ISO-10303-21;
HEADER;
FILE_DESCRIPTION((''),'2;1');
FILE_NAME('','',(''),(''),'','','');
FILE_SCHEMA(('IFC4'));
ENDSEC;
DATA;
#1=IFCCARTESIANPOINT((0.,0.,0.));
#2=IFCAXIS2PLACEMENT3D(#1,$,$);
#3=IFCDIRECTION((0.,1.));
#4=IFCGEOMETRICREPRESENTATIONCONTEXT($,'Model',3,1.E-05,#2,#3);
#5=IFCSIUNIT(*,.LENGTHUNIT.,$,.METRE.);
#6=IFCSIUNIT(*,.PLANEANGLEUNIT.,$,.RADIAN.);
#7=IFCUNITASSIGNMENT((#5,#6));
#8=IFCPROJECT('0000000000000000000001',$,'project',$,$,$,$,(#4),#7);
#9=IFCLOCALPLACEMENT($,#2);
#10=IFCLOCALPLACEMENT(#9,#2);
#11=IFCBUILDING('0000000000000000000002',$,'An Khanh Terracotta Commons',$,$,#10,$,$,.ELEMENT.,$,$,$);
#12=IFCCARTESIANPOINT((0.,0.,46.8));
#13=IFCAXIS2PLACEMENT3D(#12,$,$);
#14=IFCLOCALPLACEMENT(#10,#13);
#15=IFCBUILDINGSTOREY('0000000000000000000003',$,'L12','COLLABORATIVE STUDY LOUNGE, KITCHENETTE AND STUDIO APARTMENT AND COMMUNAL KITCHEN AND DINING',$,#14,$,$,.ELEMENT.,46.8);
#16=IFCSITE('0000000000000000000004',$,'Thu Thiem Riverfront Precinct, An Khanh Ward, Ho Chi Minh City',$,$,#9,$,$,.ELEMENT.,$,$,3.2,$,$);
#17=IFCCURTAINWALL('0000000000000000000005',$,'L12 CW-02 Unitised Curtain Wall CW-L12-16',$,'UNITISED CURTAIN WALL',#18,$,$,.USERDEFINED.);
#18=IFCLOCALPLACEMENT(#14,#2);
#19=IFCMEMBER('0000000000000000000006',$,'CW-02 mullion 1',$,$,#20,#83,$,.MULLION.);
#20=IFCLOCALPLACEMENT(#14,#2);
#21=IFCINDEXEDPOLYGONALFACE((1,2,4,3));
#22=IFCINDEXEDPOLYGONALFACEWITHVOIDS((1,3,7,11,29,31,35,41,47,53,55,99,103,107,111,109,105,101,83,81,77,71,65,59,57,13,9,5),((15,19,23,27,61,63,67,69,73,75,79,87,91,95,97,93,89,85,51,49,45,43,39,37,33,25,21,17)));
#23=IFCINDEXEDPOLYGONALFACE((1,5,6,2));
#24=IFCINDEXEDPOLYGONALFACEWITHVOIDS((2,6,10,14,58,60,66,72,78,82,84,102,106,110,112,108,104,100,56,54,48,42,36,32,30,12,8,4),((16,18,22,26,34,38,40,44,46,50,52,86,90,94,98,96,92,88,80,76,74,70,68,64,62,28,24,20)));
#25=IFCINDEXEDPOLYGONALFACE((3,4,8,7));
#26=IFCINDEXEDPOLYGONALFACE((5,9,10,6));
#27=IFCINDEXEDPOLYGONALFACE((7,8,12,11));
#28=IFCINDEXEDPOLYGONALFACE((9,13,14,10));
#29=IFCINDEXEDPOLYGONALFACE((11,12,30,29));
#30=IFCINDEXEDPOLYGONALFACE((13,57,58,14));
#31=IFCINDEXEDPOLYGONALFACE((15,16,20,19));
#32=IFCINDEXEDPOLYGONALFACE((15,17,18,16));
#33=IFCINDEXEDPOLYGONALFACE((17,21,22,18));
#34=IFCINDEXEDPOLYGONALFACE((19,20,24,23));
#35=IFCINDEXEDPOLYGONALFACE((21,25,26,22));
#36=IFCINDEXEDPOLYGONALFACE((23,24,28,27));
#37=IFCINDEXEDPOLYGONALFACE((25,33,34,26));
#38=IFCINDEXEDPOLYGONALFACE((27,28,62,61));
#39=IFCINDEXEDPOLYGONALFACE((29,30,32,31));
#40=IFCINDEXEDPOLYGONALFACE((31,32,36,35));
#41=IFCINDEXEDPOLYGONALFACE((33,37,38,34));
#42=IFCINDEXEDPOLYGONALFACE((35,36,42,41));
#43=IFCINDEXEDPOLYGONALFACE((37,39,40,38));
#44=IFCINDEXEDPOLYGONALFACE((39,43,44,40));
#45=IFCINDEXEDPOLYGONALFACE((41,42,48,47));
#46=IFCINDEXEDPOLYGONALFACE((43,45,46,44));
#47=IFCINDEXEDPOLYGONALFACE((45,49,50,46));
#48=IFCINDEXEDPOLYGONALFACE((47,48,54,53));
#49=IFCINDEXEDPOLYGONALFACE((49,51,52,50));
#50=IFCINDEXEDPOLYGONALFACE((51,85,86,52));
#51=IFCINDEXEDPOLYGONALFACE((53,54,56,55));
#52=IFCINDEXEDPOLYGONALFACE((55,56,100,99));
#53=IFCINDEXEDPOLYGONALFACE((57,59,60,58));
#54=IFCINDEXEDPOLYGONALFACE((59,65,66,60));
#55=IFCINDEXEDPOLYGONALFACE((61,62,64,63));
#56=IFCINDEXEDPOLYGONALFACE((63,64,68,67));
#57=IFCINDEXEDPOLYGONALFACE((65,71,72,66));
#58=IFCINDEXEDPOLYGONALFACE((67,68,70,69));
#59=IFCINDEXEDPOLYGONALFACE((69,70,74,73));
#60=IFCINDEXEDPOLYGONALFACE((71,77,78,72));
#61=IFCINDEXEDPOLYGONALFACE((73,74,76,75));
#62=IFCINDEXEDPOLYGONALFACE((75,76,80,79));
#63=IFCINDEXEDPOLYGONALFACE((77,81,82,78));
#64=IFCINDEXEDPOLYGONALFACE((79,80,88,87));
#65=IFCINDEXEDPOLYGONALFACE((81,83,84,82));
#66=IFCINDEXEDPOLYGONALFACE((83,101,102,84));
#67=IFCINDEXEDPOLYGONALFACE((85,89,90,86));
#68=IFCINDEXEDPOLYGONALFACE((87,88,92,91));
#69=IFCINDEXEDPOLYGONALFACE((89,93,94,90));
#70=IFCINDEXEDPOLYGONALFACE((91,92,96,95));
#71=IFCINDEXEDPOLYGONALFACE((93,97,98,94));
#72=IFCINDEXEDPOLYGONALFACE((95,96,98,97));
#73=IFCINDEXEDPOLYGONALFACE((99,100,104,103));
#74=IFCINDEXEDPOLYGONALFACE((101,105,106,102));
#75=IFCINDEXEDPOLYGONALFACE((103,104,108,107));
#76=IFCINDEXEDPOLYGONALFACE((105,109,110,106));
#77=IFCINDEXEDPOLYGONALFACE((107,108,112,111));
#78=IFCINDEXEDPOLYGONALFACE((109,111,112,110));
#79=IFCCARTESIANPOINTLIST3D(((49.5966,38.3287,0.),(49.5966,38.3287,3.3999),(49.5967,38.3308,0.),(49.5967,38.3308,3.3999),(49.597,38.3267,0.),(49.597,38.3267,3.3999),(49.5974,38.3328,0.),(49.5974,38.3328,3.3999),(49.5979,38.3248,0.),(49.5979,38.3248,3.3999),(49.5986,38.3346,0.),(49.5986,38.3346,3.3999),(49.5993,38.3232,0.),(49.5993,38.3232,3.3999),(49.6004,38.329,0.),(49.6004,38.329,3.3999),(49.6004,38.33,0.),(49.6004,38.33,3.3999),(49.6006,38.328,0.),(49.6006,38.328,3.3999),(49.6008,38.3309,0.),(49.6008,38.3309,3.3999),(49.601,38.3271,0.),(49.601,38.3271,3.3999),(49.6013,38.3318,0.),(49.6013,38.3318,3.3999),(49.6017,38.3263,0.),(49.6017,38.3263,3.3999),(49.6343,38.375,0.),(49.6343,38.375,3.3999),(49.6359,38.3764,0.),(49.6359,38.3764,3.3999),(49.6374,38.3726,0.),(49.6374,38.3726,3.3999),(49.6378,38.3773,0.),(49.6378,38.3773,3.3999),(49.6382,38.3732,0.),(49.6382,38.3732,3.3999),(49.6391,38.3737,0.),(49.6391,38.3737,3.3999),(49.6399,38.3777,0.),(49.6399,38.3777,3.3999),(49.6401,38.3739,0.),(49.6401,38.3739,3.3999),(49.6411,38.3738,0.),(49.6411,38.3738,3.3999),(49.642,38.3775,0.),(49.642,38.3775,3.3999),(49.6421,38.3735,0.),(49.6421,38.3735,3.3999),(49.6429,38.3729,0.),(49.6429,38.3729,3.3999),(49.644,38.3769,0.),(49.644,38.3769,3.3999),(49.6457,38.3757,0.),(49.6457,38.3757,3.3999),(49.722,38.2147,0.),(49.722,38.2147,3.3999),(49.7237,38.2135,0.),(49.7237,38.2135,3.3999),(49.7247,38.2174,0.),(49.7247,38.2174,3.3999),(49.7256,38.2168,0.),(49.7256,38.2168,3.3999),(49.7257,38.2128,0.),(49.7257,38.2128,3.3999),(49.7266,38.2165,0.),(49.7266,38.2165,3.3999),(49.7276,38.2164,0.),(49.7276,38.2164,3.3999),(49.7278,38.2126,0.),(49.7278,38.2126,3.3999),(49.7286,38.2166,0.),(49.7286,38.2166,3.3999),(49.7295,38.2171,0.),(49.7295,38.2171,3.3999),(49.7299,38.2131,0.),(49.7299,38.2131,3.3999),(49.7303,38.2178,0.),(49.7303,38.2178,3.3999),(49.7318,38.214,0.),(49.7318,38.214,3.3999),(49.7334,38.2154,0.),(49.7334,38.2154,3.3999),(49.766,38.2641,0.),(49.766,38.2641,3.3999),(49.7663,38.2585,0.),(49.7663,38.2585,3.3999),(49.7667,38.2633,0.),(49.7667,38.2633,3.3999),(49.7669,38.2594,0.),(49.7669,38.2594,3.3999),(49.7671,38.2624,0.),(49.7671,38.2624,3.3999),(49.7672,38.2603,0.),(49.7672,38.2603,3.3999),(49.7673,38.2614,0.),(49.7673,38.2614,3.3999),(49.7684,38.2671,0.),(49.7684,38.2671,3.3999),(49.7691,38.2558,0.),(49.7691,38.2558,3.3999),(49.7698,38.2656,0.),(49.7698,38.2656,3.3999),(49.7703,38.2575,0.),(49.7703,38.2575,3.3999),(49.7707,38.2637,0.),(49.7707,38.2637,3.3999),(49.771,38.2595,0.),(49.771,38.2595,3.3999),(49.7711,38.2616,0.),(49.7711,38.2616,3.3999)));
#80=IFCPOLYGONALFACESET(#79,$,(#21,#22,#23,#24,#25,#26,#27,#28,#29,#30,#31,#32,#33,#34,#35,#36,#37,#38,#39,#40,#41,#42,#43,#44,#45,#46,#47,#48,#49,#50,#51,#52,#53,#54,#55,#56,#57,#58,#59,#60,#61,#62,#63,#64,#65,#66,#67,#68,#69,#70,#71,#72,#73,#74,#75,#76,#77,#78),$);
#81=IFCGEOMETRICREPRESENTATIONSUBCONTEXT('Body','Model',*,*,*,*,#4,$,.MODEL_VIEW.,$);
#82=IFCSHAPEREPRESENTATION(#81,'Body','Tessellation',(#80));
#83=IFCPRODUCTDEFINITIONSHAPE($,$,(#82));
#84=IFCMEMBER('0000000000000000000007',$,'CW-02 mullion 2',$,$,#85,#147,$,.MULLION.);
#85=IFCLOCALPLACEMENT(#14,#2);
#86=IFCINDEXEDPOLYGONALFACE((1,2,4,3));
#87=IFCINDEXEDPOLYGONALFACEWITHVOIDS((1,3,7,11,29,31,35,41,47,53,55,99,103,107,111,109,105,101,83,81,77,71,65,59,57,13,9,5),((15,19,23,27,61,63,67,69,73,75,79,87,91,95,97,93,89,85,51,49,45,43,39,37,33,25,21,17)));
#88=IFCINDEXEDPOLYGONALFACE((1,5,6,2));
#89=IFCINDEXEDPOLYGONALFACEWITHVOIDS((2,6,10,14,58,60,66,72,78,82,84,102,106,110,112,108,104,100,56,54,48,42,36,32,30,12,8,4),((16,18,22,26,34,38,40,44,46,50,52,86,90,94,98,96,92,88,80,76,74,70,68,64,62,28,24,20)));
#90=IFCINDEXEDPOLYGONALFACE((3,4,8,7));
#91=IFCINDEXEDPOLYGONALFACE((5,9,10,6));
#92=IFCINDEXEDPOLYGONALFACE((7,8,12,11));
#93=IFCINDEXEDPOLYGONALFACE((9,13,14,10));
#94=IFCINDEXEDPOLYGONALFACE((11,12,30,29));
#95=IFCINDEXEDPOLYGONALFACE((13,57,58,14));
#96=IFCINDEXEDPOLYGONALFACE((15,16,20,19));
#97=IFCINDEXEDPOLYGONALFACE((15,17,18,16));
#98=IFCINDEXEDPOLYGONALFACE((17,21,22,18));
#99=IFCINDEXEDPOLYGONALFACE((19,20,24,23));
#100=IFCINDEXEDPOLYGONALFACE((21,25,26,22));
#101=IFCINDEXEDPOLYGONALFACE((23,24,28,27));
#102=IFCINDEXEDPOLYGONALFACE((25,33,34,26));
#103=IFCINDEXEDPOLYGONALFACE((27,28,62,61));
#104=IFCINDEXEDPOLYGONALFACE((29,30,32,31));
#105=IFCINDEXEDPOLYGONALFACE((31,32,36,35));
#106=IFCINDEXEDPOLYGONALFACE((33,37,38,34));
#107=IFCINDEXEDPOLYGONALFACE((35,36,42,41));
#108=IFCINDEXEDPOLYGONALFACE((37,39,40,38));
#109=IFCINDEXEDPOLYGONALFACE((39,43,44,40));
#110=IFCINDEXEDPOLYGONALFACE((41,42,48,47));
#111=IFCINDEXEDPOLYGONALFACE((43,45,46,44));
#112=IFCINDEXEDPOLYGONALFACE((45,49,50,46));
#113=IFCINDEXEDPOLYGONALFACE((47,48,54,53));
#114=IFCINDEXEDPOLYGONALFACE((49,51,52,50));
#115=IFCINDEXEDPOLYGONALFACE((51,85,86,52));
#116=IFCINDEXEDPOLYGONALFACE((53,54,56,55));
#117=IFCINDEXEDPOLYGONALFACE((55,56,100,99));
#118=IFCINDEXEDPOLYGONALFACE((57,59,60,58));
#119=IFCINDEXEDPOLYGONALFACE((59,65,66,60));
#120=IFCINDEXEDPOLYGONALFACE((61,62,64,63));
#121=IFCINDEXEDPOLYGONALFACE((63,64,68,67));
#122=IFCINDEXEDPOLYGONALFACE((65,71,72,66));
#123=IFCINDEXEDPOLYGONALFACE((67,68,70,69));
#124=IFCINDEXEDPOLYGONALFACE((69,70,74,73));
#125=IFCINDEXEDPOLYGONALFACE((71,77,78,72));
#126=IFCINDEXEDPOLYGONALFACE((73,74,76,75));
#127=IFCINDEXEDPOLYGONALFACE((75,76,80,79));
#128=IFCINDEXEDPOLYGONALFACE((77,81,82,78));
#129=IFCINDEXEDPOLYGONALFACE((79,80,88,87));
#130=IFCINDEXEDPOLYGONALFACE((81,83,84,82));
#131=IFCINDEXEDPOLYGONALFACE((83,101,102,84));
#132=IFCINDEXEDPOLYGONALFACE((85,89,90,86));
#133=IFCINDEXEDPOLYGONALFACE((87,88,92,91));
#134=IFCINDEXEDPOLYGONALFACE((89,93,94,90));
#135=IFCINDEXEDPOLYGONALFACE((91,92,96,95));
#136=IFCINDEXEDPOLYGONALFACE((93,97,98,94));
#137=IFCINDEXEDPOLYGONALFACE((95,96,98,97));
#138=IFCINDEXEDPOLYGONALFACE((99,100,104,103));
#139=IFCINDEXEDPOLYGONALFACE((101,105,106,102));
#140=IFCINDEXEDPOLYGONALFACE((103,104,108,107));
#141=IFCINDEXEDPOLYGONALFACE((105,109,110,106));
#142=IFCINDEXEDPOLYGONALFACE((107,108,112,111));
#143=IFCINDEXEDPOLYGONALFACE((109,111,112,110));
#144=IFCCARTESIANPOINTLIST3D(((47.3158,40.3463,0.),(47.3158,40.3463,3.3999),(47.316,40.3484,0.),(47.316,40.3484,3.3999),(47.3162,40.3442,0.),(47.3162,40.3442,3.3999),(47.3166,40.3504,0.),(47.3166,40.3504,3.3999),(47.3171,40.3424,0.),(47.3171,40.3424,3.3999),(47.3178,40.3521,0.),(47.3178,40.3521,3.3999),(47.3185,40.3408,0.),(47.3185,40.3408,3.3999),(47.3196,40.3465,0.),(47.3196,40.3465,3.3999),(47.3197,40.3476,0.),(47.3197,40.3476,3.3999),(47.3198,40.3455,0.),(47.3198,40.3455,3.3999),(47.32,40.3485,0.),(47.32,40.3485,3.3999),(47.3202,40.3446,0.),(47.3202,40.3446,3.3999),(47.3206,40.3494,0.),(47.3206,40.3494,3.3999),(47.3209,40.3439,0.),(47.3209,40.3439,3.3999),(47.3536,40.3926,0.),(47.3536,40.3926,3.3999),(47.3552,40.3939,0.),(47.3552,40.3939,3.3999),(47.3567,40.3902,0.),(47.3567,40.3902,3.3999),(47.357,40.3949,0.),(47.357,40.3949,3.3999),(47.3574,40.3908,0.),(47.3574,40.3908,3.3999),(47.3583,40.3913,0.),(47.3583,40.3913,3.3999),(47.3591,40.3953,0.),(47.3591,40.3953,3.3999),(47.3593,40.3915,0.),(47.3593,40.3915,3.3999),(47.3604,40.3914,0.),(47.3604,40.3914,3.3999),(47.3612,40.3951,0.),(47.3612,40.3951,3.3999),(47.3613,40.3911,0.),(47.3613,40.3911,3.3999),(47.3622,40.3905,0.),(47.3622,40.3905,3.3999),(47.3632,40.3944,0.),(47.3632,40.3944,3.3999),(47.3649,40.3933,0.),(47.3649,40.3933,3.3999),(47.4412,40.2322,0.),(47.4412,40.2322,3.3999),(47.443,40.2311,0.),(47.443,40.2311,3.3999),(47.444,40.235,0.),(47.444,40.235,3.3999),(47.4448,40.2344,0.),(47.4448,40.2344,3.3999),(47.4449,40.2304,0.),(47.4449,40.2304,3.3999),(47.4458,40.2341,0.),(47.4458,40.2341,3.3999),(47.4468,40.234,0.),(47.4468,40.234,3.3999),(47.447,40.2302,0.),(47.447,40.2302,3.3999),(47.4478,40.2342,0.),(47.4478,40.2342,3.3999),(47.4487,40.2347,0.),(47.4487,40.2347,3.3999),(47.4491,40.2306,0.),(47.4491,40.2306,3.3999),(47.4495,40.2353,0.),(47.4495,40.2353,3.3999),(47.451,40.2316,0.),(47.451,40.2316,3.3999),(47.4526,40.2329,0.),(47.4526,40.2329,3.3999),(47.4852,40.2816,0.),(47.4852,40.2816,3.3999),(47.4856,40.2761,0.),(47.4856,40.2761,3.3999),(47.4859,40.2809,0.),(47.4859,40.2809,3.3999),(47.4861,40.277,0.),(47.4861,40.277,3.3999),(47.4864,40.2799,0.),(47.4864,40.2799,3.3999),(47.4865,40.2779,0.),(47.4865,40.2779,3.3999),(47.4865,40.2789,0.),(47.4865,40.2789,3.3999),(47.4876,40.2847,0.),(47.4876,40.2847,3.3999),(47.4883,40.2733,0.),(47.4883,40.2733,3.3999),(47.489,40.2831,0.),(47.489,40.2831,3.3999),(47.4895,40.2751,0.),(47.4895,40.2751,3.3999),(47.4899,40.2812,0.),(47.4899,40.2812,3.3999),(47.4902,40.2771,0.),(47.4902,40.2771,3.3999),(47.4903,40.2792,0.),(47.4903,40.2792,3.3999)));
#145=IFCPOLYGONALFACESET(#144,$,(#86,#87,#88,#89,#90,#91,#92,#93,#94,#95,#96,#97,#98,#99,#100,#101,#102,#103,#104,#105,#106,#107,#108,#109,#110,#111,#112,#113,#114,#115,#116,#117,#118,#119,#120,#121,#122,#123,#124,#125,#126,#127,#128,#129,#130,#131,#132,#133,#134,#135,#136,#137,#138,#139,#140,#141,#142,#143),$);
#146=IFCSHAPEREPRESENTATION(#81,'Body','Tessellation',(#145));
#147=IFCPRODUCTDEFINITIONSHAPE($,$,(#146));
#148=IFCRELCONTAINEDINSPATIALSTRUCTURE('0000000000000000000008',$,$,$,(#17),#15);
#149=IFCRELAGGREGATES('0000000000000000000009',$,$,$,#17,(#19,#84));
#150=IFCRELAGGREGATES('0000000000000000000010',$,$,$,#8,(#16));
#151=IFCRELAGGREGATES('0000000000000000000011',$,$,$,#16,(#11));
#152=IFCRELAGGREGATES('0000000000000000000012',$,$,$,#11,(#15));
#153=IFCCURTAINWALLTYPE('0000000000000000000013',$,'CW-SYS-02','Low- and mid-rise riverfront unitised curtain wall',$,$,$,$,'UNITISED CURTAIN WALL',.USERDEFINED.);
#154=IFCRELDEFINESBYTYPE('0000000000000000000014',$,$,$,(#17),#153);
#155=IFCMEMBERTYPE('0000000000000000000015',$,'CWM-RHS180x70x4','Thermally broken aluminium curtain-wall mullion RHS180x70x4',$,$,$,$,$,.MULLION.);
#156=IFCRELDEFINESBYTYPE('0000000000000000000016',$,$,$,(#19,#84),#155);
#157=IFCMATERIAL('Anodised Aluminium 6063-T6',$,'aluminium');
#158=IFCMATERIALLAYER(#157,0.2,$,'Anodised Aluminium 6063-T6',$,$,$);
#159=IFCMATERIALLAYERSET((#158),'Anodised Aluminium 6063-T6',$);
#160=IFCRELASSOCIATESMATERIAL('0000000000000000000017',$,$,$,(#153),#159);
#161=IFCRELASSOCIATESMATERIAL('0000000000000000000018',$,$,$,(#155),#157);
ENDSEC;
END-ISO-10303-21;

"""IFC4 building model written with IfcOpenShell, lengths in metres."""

from ifc_helpers import new_model, si_unit, direction, frame, origin, origin_2d, place, context, subcontext, project, spatial, hollow_rectangle, extrude, material, layer, layer_set, material_profile, profile_set, type_object, element, aggregate, save


model = new_model("IFC4")

# Units and contexts
model_context = context("Model", 3, precision=1e-05, world=origin(), true_north=direction((0.0, 1.0)))
body_context = subcontext(model_context, "Body", "Model", "MODEL_VIEW")
ifc_project = project(units=[si_unit("LENGTHUNIT", "METRE"), si_unit("PLANEANGLEUNIT", "RADIAN")], contexts=[model_context])

# Site, building, storey
site_placement = place(None, origin())
site = spatial("IfcSite", under=ifc_project, at=site_placement, Name="Thu Thiem Riverfront Precinct, An Khanh Ward, Ho Chi Minh City", CompositionType="ELEMENT", RefElevation=3.2)
building_placement = place(site_placement, origin())
building = spatial("IfcBuilding", under=site, at=building_placement, Name="An Khanh Terracotta Commons", CompositionType="ELEMENT")
storey_placement = place(building_placement, frame((0.0, 0.0, 46.8)))
storey = spatial("IfcBuildingStorey", under=building, at=storey_placement, Name="L12", Description="COLLABORATIVE STUDY LOUNGE, KITCHENETTE AND STUDIO APARTMENT AND COMMUNAL KITCHEN AND DINING", CompositionType="ELEMENT", Elevation=46.8)

# Curtain wall, members
ifc_material_1 = material(Name="Anodised Aluminium 6063-T6", Category="aluminium")
ifc_layer_1 = layer(ifc_material_1, 0.2, Name="Anodised Aluminium 6063-T6")
ifc_layer_set_1 = layer_set([ifc_layer_1], Name="Anodised Aluminium 6063-T6")
curtain_wall_type = type_object("IfcCurtainWallType", Name="CW-SYS-02", Description="Low- and mid-rise riverfront unitised curtain wall", ElementType="UNITISED CURTAIN WALL", PredefinedType="USERDEFINED", material=ifc_layer_set_1)
curtain_wall_placement = place(storey_placement, origin())
curtain_wall = element("IfcCurtainWall", 1, at=curtain_wall_placement, inside=storey, type_object=curtain_wall_type, Name="L12 CW-02 Unitised Curtain Wall CW-L12-16", ObjectType="UNITISED CURTAIN WALL", PredefinedType="USERDEFINED")
ifc_material_profile_1 = material_profile(ifc_material_1, hollow_rectangle(XDim=0.0701, YDim=0.1799, WallThickness=0.0039, InnerFilletRadius=0.0039, OuterFilletRadius=0.0081, at=origin_2d()), Name="RHS180x70x4")
ifc_profile_set_1 = profile_set([ifc_material_profile_1], Name="Anodised Aluminium 6063-T6")
member_type_1 = type_object("IfcMemberType", Name="CWM-RHS180x70x4", Description="Thermally broken aluminium curtain-wall mullion RHS180x70x4", PredefinedType="MULLION", material=ifc_profile_set_1)
member_1_placement = place(storey_placement, frame((49.6838, 38.2952, 0.0), z_axis=(0.0, 0.0, 1.0), x_axis=(-0.662548, -0.749019, 0.0)))
member_1 = element("IfcMember", 2, at=member_1_placement, type_object=member_type_1, Name="CW-02 mullion 1", PredefinedType="MULLION", context=body_context, shape_type="SweptSolid", body=[
    extrude(hollow_rectangle(XDim=0.0701, YDim=0.1799, WallThickness=0.0039, InnerFilletRadius=0.0039, OuterFilletRadius=0.0081, at=origin_2d()), origin(), (0.0, 0.0, 1.0), 3.3999),
])
member_2_placement = place(storey_placement, frame((47.4031, 40.3127, 0.0), z_axis=(0.0, 0.0, 1.0), x_axis=(-0.662548, -0.749019, 0.0)))
member_2 = element("IfcMember", 3, at=member_2_placement, type_object=member_type_1, Name="CW-02 mullion 2", PredefinedType="MULLION", context=body_context, shape_type="SweptSolid", body=[
    extrude(hollow_rectangle(XDim=0.0701, YDim=0.1799, WallThickness=0.0039, InnerFilletRadius=0.0039, OuterFilletRadius=0.0081, at=origin_2d()), origin(), (0.0, 0.0, 1.0), 3.3999),
])
aggregate(curtain_wall, [member_1, member_2])

save(model, "model.ifc")
